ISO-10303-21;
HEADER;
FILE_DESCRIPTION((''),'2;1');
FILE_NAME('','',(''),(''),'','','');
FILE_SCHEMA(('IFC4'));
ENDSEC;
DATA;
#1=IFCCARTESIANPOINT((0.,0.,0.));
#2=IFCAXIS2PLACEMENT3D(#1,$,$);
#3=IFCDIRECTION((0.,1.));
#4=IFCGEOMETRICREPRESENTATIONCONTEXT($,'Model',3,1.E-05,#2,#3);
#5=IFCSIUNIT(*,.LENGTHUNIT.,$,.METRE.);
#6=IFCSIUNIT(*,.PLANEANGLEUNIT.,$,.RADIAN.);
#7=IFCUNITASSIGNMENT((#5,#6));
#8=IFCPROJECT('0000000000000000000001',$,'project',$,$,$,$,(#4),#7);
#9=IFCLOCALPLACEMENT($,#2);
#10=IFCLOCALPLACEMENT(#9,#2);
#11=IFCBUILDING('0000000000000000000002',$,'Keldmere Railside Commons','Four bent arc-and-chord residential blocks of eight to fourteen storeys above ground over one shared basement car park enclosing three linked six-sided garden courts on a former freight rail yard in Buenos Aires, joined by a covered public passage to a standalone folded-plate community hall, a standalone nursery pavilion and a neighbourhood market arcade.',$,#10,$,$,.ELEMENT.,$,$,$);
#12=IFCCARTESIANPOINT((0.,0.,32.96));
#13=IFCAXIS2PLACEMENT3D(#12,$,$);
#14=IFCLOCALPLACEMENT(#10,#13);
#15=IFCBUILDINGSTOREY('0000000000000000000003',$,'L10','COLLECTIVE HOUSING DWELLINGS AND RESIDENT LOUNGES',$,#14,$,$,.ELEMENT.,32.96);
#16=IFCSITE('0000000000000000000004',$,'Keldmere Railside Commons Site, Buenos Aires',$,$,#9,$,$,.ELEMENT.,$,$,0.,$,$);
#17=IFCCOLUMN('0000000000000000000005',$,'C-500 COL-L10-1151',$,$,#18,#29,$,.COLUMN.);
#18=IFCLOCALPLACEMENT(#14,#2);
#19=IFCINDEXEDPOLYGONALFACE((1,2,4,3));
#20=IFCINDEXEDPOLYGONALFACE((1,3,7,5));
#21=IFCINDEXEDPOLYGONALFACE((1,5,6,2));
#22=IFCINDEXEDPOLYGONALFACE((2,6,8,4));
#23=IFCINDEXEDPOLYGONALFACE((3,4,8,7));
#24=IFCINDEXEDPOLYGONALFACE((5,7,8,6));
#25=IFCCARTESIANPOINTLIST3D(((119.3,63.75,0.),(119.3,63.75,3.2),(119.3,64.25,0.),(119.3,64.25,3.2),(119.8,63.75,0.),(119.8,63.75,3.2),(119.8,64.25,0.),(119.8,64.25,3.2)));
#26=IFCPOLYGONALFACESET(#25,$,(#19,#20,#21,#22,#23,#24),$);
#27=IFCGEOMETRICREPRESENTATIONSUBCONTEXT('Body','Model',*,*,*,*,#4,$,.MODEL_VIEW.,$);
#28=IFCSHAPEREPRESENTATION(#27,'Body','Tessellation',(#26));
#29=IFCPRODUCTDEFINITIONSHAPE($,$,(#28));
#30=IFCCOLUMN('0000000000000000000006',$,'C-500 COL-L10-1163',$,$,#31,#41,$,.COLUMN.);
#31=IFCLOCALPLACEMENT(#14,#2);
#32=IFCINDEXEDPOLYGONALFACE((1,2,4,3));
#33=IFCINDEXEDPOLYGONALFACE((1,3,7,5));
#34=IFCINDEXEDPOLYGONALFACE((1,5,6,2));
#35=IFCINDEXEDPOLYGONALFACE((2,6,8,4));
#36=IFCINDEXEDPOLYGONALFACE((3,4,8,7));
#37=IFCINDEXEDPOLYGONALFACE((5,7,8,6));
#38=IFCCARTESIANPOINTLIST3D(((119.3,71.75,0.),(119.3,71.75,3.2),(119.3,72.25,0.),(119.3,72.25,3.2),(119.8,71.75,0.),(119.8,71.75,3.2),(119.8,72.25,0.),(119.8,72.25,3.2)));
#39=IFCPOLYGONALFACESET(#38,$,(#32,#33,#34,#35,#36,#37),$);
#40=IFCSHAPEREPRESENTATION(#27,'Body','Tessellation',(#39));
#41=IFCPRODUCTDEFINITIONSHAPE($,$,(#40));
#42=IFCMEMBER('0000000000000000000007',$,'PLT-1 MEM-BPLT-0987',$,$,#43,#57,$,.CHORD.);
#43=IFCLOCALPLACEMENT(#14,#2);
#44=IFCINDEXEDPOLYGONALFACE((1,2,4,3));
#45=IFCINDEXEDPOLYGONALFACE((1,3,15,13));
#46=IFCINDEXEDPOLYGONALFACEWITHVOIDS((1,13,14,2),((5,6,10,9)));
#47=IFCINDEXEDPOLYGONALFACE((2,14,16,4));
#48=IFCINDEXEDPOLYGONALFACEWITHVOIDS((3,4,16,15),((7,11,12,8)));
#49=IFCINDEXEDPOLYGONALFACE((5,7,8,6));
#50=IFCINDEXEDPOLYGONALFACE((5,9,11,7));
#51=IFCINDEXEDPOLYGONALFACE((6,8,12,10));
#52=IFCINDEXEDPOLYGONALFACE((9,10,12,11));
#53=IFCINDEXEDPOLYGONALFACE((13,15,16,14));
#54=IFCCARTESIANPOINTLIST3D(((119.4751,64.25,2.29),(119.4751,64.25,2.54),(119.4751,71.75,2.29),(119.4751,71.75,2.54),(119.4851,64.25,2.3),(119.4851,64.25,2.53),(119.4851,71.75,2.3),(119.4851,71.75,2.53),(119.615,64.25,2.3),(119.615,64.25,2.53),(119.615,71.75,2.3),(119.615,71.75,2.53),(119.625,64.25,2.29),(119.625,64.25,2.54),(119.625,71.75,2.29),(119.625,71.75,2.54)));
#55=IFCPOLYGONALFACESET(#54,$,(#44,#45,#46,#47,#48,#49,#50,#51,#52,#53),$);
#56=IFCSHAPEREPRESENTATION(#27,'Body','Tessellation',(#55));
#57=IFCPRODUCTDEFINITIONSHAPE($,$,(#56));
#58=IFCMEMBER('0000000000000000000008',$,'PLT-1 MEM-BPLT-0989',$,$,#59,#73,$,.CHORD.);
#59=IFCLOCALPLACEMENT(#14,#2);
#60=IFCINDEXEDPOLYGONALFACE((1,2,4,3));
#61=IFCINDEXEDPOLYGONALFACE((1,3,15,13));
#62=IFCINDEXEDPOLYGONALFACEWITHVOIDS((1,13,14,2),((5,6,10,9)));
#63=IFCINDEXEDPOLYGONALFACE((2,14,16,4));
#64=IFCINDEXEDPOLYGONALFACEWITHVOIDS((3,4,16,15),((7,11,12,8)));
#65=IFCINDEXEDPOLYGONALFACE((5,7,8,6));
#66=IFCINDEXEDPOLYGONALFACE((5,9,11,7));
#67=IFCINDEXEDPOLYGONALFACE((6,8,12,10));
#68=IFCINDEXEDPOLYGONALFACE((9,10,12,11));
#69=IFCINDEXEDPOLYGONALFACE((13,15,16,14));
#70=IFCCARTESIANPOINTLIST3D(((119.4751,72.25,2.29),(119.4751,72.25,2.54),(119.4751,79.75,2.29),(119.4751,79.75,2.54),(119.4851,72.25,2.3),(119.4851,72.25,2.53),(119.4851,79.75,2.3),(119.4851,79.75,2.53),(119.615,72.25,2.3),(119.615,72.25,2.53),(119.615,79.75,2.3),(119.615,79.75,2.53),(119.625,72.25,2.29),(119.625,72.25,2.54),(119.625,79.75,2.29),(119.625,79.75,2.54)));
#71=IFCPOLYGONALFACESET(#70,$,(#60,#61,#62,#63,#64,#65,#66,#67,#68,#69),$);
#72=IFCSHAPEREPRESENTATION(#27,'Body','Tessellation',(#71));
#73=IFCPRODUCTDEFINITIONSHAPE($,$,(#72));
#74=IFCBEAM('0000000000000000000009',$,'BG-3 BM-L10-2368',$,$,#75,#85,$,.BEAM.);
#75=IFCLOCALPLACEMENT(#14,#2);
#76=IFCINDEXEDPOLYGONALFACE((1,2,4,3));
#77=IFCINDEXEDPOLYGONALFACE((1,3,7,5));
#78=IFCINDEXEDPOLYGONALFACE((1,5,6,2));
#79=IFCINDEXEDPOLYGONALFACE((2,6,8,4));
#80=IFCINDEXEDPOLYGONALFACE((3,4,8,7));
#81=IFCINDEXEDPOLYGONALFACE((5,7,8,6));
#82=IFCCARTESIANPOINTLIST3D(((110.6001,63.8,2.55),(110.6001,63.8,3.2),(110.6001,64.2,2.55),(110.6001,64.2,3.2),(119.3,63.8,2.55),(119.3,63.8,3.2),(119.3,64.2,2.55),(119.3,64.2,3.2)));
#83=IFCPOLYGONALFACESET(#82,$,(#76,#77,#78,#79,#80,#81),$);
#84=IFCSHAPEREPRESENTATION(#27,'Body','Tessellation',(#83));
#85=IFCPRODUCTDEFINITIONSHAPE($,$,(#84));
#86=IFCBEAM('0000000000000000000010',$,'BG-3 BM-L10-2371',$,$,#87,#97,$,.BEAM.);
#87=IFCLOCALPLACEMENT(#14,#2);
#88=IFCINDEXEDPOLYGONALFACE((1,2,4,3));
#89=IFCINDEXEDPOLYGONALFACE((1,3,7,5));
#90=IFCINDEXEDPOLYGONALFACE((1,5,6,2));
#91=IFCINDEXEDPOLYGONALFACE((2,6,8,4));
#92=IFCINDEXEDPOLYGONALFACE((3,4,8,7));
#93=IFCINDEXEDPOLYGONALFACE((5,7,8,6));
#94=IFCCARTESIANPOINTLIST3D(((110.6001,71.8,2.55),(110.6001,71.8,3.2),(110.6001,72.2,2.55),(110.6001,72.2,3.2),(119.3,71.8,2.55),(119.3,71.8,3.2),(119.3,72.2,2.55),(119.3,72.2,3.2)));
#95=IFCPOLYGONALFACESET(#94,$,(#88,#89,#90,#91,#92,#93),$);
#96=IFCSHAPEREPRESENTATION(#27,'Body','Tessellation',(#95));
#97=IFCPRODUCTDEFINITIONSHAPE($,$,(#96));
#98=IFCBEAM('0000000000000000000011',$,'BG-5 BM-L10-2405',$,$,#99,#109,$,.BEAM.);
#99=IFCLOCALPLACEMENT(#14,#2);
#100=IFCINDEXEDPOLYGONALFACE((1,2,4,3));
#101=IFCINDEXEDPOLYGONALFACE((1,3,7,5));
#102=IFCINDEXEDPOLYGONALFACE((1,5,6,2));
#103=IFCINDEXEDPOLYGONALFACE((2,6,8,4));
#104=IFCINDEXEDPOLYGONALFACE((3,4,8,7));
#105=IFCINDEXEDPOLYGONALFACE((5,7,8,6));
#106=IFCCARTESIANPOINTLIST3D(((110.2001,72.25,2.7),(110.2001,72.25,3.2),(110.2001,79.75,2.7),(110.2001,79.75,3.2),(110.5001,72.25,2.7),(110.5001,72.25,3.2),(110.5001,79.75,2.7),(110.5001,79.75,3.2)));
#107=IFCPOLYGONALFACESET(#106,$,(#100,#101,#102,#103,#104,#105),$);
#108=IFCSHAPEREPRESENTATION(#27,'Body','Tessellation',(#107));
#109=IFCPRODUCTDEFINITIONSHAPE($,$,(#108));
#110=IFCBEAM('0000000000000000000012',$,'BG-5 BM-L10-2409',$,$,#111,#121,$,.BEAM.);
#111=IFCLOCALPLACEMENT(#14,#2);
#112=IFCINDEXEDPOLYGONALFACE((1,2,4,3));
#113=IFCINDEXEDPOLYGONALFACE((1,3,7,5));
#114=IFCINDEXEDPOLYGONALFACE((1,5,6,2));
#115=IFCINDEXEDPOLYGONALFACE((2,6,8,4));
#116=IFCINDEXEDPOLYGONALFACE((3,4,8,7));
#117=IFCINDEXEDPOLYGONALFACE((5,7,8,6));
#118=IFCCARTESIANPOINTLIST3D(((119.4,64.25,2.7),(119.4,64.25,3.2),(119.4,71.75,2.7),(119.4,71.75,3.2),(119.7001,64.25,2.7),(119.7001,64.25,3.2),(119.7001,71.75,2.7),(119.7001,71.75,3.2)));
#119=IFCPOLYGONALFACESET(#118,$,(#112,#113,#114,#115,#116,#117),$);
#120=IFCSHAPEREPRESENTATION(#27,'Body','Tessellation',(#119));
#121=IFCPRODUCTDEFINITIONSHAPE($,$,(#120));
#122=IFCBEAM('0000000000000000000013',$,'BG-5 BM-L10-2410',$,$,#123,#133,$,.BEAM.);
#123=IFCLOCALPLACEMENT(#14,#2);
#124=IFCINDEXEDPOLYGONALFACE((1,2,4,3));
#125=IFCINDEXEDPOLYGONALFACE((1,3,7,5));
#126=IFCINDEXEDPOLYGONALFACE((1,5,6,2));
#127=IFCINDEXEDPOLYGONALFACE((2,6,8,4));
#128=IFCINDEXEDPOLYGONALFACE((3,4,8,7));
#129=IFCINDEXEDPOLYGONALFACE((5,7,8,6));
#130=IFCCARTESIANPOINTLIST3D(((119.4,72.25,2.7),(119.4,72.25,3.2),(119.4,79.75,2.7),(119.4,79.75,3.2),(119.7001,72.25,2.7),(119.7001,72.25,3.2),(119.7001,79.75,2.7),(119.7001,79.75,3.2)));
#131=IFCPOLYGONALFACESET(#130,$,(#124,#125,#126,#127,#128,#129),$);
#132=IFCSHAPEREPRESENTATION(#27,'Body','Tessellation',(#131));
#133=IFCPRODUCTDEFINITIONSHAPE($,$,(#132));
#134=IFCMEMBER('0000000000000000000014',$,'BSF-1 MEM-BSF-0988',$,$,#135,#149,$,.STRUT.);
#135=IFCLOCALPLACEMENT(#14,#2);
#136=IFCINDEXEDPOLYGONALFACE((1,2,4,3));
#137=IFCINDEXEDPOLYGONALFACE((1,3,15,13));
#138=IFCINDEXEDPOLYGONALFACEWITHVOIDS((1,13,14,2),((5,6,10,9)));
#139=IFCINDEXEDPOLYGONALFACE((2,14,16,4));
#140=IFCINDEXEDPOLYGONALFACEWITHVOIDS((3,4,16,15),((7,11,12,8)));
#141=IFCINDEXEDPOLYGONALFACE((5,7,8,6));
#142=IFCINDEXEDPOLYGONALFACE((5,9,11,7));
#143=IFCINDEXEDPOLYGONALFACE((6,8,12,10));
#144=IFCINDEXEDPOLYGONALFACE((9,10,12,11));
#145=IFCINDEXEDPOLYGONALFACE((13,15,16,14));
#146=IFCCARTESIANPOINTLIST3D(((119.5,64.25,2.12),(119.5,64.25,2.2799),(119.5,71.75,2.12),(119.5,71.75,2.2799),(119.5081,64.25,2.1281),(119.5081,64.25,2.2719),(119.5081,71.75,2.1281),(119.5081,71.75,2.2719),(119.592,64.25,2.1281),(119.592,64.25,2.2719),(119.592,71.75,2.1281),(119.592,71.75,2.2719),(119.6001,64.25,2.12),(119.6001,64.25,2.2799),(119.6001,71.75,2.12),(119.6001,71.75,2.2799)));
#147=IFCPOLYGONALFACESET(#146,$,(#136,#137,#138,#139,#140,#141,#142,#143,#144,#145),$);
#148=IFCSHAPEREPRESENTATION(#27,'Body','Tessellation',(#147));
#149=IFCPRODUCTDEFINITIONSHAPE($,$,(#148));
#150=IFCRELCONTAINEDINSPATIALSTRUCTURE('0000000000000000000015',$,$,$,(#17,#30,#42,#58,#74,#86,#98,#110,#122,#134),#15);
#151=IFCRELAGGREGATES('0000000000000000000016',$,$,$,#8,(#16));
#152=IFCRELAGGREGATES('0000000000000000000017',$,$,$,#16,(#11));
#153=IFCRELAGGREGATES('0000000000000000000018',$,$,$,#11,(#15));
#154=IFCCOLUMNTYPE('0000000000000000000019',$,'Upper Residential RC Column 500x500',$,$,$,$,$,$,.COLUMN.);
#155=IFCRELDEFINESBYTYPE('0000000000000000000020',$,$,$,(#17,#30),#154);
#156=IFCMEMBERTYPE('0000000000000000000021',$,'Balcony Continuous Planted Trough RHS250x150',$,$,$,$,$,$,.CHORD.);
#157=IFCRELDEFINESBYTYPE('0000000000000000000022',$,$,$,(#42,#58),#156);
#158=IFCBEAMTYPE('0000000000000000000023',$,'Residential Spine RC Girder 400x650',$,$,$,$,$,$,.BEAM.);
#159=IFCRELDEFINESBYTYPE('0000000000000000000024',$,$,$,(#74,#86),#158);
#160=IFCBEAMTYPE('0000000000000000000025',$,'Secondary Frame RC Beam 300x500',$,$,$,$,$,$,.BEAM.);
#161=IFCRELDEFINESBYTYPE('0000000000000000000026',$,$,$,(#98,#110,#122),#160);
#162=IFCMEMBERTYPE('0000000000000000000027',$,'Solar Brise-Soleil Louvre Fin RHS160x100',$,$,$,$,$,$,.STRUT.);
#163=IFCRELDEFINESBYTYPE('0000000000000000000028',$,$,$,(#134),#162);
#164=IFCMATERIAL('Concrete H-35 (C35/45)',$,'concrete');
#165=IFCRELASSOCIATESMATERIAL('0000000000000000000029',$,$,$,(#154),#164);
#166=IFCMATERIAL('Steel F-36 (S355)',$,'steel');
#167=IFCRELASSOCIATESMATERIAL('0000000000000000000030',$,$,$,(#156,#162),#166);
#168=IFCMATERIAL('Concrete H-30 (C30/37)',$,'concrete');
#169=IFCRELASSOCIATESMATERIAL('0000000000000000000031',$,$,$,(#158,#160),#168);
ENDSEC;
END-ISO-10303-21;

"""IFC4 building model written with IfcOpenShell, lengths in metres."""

from ifc_helpers import new_model, si_unit, direction, frame, origin, origin_2d, place, context, subcontext, project, spatial, rectangle, hollow_rectangle, extrude, material, material_profile, profile_set, type_object, element, save


model = new_model("IFC4")

# Units and contexts
model_context = context("Model", 3, precision=1e-05, world=origin(), true_north=direction((0.0, 1.0)))
body_context = subcontext(model_context, "Body", "Model", "MODEL_VIEW")
ifc_project = project(units=[si_unit("LENGTHUNIT", "METRE"), si_unit("PLANEANGLEUNIT", "RADIAN")], contexts=[model_context])

# Site, building, storey
site_placement = place(None, origin())
site = spatial("IfcSite", under=ifc_project, at=site_placement, Name="Keldmere Railside Commons Site, Buenos Aires", CompositionType="ELEMENT", RefElevation=0.0)
building_placement = place(site_placement, origin())
building = spatial("IfcBuilding", under=site, at=building_placement, Name="Keldmere Railside Commons", Description="Four bent arc-and-chord residential blocks of eight to fourteen storeys above ground over one shared basement car park enclosing three linked six-sided garden courts on a former freight rail yard in Buenos Aires, joined by a covered public passage to a standalone folded-plate community hall, a standalone nursery pavilion and a neighbourhood market arcade.", CompositionType="ELEMENT")
storey_placement = place(building_placement, frame((0.0, 0.0, 32.96)))
storey = spatial("IfcBuildingStorey", under=building, at=storey_placement, Name="L10", Description="COLLECTIVE HOUSING DWELLINGS AND RESIDENT LOUNGES", CompositionType="ELEMENT", Elevation=32.96)

# Columns
ifc_material_1 = material(Name="Concrete H-35 (C35/45)", Category="concrete")
ifc_material_profile_1 = material_profile(ifc_material_1, rectangle(XDim=0.5, YDim=0.5, at=origin_2d()), Name="RC-500x500")
ifc_profile_set_1 = profile_set([ifc_material_profile_1], Name="Concrete H-35 (C35/45)")
column_type = type_object("IfcColumnType", Name="Upper Residential RC Column 500x500", PredefinedType="COLUMN", material=ifc_profile_set_1)
for number, where, z_axis, x_axis, name in (
    (1, (119.55, 64.0, 0.0), (0.0, 0.0, 1.0), (1.0, 0.0, 0.0), "C-500 COL-L10-1151"),
    (2, (119.55, 72.0, 0.0), (0.0, 0.0, 1.0), (1.0, 0.0, 0.0), "C-500 COL-L10-1163"),
):
    element("IfcColumn", number, at=place(storey_placement, frame(where, z_axis=z_axis, x_axis=x_axis)), inside=storey, type_object=column_type, Name=name, PredefinedType="COLUMN", context=body_context, shape_type="SweptSolid", body=[
        extrude(rectangle(XDim=0.5, YDim=0.5, at=origin_2d()), origin(), (0.0, 0.0, 1.0), 3.2),
    ])

# Members
ifc_material_2 = material(Name="Steel F-36 (S355)", Category="steel")
ifc_material_profile_2 = material_profile(ifc_material_2, hollow_rectangle(XDim=0.1499, YDim=0.25, WallThickness=0.01, at=origin_2d()), Name="RHS-250x150x10")
ifc_profile_set_2 = profile_set([ifc_material_profile_2], Name="Steel F-36 (S355)")
member_type_1 = type_object("IfcMemberType", Name="Balcony Continuous Planted Trough RHS250x150", PredefinedType="CHORD", material=ifc_profile_set_2)
for number, where, z_axis, x_axis, name in (
    (3, (119.55, 64.25, 2.415), (0.0, 1.0, 0.0), (-1.0, 0.0, 0.0), "PLT-1 MEM-BPLT-0987"),
    (4, (119.55, 72.25, 2.415), (0.0, 1.0, 0.0), (-1.0, 0.0, 0.0), "PLT-1 MEM-BPLT-0989"),
):
    element("IfcMember", number, at=place(storey_placement, frame(where, z_axis=z_axis, x_axis=x_axis)), inside=storey, type_object=member_type_1, Name=name, PredefinedType="CHORD", context=body_context, shape_type="SweptSolid", body=[
        extrude(hollow_rectangle(XDim=0.1499, YDim=0.25, WallThickness=0.01, at=origin_2d()), origin(), (0.0, 0.0, 1.0), 7.5),
    ])

# Beams
ifc_material_3 = material(Name="Concrete H-30 (C30/37)", Category="concrete")
ifc_material_profile_3 = material_profile(ifc_material_3, rectangle(XDim=0.3999, YDim=0.6499, at=origin_2d()), Name="RC-400x650")
ifc_profile_set_3 = profile_set([ifc_material_profile_3], Name="Concrete H-30 (C30/37)")
beam_type_1 = type_object("IfcBeamType", Name="Residential Spine RC Girder 400x650", PredefinedType="BEAM", material=ifc_profile_set_3)
for number, where, z_axis, x_axis, name in (
    (5, (110.6001, 64.0, 2.875), (1.0, 0.0, 0.0), (0.0, 1.0, 0.0), "BG-3 BM-L10-2368"),
    (6, (110.6001, 72.0, 2.875), (1.0, 0.0, 0.0), (0.0, 1.0, 0.0), "BG-3 BM-L10-2371"),
):
    element("IfcBeam", number, at=place(storey_placement, frame(where, z_axis=z_axis, x_axis=x_axis)), inside=storey, type_object=beam_type_1, Name=name, PredefinedType="BEAM", context=body_context, shape_type="SweptSolid", body=[
        extrude(rectangle(XDim=0.3999, YDim=0.6499, at=origin_2d()), origin(), (0.0, 0.0, 1.0), 8.7),
    ])
ifc_material_profile_4 = material_profile(ifc_material_3, rectangle(XDim=0.3, YDim=0.5, at=origin_2d()), Name="RC-300x500")
ifc_profile_set_4 = profile_set([ifc_material_profile_4], Name="Concrete H-30 (C30/37)")
beam_type_2 = type_object("IfcBeamType", Name="Secondary Frame RC Beam 300x500", PredefinedType="BEAM", material=ifc_profile_set_4)
for number, where, z_axis, x_axis, name in (
    (7, (110.3501, 72.25, 2.95), (0.0, 1.0, 0.0), (-1.0, 0.0, 0.0), "BG-5 BM-L10-2405"),
    (8, (119.55, 64.25, 2.95), (0.0, 1.0, 0.0), (-1.0, 0.0, 0.0), "BG-5 BM-L10-2409"),
    (9, (119.55, 72.25, 2.95), (0.0, 1.0, 0.0), (-1.0, 0.0, 0.0), "BG-5 BM-L10-2410"),
):
    element("IfcBeam", number, at=place(storey_placement, frame(where, z_axis=z_axis, x_axis=x_axis)), inside=storey, type_object=beam_type_2, Name=name, PredefinedType="BEAM", context=body_context, shape_type="SweptSolid", body=[
        extrude(rectangle(XDim=0.3, YDim=0.5, at=origin_2d()), origin(), (0.0, 0.0, 1.0), 7.5),
    ])

# Member
ifc_material_profile_5 = material_profile(ifc_material_2, hollow_rectangle(XDim=0.1001, YDim=0.1599, WallThickness=0.0081, at=origin_2d()), Name="RHS-160x100x8")
ifc_profile_set_5 = profile_set([ifc_material_profile_5], Name="Steel F-36 (S355)")
member_type_2 = type_object("IfcMemberType", Name="Solar Brise-Soleil Louvre Fin RHS160x100", PredefinedType="STRUT", material=ifc_profile_set_5)
member_placement = place(storey_placement, frame((119.55, 64.25, 2.2), z_axis=(0.0, 1.0, 0.0), x_axis=(-1.0, 0.0, 0.0)))
element("IfcMember", 10, at=member_placement, inside=storey, type_object=member_type_2, Name="BSF-1 MEM-BSF-0988", PredefinedType="STRUT", context=body_context, shape_type="SweptSolid", body=[
    extrude(hollow_rectangle(XDim=0.1001, YDim=0.1599, WallThickness=0.0081, at=origin_2d()), origin(), (0.0, 0.0, 1.0), 7.5),
])

save(model, "model.ifc")
